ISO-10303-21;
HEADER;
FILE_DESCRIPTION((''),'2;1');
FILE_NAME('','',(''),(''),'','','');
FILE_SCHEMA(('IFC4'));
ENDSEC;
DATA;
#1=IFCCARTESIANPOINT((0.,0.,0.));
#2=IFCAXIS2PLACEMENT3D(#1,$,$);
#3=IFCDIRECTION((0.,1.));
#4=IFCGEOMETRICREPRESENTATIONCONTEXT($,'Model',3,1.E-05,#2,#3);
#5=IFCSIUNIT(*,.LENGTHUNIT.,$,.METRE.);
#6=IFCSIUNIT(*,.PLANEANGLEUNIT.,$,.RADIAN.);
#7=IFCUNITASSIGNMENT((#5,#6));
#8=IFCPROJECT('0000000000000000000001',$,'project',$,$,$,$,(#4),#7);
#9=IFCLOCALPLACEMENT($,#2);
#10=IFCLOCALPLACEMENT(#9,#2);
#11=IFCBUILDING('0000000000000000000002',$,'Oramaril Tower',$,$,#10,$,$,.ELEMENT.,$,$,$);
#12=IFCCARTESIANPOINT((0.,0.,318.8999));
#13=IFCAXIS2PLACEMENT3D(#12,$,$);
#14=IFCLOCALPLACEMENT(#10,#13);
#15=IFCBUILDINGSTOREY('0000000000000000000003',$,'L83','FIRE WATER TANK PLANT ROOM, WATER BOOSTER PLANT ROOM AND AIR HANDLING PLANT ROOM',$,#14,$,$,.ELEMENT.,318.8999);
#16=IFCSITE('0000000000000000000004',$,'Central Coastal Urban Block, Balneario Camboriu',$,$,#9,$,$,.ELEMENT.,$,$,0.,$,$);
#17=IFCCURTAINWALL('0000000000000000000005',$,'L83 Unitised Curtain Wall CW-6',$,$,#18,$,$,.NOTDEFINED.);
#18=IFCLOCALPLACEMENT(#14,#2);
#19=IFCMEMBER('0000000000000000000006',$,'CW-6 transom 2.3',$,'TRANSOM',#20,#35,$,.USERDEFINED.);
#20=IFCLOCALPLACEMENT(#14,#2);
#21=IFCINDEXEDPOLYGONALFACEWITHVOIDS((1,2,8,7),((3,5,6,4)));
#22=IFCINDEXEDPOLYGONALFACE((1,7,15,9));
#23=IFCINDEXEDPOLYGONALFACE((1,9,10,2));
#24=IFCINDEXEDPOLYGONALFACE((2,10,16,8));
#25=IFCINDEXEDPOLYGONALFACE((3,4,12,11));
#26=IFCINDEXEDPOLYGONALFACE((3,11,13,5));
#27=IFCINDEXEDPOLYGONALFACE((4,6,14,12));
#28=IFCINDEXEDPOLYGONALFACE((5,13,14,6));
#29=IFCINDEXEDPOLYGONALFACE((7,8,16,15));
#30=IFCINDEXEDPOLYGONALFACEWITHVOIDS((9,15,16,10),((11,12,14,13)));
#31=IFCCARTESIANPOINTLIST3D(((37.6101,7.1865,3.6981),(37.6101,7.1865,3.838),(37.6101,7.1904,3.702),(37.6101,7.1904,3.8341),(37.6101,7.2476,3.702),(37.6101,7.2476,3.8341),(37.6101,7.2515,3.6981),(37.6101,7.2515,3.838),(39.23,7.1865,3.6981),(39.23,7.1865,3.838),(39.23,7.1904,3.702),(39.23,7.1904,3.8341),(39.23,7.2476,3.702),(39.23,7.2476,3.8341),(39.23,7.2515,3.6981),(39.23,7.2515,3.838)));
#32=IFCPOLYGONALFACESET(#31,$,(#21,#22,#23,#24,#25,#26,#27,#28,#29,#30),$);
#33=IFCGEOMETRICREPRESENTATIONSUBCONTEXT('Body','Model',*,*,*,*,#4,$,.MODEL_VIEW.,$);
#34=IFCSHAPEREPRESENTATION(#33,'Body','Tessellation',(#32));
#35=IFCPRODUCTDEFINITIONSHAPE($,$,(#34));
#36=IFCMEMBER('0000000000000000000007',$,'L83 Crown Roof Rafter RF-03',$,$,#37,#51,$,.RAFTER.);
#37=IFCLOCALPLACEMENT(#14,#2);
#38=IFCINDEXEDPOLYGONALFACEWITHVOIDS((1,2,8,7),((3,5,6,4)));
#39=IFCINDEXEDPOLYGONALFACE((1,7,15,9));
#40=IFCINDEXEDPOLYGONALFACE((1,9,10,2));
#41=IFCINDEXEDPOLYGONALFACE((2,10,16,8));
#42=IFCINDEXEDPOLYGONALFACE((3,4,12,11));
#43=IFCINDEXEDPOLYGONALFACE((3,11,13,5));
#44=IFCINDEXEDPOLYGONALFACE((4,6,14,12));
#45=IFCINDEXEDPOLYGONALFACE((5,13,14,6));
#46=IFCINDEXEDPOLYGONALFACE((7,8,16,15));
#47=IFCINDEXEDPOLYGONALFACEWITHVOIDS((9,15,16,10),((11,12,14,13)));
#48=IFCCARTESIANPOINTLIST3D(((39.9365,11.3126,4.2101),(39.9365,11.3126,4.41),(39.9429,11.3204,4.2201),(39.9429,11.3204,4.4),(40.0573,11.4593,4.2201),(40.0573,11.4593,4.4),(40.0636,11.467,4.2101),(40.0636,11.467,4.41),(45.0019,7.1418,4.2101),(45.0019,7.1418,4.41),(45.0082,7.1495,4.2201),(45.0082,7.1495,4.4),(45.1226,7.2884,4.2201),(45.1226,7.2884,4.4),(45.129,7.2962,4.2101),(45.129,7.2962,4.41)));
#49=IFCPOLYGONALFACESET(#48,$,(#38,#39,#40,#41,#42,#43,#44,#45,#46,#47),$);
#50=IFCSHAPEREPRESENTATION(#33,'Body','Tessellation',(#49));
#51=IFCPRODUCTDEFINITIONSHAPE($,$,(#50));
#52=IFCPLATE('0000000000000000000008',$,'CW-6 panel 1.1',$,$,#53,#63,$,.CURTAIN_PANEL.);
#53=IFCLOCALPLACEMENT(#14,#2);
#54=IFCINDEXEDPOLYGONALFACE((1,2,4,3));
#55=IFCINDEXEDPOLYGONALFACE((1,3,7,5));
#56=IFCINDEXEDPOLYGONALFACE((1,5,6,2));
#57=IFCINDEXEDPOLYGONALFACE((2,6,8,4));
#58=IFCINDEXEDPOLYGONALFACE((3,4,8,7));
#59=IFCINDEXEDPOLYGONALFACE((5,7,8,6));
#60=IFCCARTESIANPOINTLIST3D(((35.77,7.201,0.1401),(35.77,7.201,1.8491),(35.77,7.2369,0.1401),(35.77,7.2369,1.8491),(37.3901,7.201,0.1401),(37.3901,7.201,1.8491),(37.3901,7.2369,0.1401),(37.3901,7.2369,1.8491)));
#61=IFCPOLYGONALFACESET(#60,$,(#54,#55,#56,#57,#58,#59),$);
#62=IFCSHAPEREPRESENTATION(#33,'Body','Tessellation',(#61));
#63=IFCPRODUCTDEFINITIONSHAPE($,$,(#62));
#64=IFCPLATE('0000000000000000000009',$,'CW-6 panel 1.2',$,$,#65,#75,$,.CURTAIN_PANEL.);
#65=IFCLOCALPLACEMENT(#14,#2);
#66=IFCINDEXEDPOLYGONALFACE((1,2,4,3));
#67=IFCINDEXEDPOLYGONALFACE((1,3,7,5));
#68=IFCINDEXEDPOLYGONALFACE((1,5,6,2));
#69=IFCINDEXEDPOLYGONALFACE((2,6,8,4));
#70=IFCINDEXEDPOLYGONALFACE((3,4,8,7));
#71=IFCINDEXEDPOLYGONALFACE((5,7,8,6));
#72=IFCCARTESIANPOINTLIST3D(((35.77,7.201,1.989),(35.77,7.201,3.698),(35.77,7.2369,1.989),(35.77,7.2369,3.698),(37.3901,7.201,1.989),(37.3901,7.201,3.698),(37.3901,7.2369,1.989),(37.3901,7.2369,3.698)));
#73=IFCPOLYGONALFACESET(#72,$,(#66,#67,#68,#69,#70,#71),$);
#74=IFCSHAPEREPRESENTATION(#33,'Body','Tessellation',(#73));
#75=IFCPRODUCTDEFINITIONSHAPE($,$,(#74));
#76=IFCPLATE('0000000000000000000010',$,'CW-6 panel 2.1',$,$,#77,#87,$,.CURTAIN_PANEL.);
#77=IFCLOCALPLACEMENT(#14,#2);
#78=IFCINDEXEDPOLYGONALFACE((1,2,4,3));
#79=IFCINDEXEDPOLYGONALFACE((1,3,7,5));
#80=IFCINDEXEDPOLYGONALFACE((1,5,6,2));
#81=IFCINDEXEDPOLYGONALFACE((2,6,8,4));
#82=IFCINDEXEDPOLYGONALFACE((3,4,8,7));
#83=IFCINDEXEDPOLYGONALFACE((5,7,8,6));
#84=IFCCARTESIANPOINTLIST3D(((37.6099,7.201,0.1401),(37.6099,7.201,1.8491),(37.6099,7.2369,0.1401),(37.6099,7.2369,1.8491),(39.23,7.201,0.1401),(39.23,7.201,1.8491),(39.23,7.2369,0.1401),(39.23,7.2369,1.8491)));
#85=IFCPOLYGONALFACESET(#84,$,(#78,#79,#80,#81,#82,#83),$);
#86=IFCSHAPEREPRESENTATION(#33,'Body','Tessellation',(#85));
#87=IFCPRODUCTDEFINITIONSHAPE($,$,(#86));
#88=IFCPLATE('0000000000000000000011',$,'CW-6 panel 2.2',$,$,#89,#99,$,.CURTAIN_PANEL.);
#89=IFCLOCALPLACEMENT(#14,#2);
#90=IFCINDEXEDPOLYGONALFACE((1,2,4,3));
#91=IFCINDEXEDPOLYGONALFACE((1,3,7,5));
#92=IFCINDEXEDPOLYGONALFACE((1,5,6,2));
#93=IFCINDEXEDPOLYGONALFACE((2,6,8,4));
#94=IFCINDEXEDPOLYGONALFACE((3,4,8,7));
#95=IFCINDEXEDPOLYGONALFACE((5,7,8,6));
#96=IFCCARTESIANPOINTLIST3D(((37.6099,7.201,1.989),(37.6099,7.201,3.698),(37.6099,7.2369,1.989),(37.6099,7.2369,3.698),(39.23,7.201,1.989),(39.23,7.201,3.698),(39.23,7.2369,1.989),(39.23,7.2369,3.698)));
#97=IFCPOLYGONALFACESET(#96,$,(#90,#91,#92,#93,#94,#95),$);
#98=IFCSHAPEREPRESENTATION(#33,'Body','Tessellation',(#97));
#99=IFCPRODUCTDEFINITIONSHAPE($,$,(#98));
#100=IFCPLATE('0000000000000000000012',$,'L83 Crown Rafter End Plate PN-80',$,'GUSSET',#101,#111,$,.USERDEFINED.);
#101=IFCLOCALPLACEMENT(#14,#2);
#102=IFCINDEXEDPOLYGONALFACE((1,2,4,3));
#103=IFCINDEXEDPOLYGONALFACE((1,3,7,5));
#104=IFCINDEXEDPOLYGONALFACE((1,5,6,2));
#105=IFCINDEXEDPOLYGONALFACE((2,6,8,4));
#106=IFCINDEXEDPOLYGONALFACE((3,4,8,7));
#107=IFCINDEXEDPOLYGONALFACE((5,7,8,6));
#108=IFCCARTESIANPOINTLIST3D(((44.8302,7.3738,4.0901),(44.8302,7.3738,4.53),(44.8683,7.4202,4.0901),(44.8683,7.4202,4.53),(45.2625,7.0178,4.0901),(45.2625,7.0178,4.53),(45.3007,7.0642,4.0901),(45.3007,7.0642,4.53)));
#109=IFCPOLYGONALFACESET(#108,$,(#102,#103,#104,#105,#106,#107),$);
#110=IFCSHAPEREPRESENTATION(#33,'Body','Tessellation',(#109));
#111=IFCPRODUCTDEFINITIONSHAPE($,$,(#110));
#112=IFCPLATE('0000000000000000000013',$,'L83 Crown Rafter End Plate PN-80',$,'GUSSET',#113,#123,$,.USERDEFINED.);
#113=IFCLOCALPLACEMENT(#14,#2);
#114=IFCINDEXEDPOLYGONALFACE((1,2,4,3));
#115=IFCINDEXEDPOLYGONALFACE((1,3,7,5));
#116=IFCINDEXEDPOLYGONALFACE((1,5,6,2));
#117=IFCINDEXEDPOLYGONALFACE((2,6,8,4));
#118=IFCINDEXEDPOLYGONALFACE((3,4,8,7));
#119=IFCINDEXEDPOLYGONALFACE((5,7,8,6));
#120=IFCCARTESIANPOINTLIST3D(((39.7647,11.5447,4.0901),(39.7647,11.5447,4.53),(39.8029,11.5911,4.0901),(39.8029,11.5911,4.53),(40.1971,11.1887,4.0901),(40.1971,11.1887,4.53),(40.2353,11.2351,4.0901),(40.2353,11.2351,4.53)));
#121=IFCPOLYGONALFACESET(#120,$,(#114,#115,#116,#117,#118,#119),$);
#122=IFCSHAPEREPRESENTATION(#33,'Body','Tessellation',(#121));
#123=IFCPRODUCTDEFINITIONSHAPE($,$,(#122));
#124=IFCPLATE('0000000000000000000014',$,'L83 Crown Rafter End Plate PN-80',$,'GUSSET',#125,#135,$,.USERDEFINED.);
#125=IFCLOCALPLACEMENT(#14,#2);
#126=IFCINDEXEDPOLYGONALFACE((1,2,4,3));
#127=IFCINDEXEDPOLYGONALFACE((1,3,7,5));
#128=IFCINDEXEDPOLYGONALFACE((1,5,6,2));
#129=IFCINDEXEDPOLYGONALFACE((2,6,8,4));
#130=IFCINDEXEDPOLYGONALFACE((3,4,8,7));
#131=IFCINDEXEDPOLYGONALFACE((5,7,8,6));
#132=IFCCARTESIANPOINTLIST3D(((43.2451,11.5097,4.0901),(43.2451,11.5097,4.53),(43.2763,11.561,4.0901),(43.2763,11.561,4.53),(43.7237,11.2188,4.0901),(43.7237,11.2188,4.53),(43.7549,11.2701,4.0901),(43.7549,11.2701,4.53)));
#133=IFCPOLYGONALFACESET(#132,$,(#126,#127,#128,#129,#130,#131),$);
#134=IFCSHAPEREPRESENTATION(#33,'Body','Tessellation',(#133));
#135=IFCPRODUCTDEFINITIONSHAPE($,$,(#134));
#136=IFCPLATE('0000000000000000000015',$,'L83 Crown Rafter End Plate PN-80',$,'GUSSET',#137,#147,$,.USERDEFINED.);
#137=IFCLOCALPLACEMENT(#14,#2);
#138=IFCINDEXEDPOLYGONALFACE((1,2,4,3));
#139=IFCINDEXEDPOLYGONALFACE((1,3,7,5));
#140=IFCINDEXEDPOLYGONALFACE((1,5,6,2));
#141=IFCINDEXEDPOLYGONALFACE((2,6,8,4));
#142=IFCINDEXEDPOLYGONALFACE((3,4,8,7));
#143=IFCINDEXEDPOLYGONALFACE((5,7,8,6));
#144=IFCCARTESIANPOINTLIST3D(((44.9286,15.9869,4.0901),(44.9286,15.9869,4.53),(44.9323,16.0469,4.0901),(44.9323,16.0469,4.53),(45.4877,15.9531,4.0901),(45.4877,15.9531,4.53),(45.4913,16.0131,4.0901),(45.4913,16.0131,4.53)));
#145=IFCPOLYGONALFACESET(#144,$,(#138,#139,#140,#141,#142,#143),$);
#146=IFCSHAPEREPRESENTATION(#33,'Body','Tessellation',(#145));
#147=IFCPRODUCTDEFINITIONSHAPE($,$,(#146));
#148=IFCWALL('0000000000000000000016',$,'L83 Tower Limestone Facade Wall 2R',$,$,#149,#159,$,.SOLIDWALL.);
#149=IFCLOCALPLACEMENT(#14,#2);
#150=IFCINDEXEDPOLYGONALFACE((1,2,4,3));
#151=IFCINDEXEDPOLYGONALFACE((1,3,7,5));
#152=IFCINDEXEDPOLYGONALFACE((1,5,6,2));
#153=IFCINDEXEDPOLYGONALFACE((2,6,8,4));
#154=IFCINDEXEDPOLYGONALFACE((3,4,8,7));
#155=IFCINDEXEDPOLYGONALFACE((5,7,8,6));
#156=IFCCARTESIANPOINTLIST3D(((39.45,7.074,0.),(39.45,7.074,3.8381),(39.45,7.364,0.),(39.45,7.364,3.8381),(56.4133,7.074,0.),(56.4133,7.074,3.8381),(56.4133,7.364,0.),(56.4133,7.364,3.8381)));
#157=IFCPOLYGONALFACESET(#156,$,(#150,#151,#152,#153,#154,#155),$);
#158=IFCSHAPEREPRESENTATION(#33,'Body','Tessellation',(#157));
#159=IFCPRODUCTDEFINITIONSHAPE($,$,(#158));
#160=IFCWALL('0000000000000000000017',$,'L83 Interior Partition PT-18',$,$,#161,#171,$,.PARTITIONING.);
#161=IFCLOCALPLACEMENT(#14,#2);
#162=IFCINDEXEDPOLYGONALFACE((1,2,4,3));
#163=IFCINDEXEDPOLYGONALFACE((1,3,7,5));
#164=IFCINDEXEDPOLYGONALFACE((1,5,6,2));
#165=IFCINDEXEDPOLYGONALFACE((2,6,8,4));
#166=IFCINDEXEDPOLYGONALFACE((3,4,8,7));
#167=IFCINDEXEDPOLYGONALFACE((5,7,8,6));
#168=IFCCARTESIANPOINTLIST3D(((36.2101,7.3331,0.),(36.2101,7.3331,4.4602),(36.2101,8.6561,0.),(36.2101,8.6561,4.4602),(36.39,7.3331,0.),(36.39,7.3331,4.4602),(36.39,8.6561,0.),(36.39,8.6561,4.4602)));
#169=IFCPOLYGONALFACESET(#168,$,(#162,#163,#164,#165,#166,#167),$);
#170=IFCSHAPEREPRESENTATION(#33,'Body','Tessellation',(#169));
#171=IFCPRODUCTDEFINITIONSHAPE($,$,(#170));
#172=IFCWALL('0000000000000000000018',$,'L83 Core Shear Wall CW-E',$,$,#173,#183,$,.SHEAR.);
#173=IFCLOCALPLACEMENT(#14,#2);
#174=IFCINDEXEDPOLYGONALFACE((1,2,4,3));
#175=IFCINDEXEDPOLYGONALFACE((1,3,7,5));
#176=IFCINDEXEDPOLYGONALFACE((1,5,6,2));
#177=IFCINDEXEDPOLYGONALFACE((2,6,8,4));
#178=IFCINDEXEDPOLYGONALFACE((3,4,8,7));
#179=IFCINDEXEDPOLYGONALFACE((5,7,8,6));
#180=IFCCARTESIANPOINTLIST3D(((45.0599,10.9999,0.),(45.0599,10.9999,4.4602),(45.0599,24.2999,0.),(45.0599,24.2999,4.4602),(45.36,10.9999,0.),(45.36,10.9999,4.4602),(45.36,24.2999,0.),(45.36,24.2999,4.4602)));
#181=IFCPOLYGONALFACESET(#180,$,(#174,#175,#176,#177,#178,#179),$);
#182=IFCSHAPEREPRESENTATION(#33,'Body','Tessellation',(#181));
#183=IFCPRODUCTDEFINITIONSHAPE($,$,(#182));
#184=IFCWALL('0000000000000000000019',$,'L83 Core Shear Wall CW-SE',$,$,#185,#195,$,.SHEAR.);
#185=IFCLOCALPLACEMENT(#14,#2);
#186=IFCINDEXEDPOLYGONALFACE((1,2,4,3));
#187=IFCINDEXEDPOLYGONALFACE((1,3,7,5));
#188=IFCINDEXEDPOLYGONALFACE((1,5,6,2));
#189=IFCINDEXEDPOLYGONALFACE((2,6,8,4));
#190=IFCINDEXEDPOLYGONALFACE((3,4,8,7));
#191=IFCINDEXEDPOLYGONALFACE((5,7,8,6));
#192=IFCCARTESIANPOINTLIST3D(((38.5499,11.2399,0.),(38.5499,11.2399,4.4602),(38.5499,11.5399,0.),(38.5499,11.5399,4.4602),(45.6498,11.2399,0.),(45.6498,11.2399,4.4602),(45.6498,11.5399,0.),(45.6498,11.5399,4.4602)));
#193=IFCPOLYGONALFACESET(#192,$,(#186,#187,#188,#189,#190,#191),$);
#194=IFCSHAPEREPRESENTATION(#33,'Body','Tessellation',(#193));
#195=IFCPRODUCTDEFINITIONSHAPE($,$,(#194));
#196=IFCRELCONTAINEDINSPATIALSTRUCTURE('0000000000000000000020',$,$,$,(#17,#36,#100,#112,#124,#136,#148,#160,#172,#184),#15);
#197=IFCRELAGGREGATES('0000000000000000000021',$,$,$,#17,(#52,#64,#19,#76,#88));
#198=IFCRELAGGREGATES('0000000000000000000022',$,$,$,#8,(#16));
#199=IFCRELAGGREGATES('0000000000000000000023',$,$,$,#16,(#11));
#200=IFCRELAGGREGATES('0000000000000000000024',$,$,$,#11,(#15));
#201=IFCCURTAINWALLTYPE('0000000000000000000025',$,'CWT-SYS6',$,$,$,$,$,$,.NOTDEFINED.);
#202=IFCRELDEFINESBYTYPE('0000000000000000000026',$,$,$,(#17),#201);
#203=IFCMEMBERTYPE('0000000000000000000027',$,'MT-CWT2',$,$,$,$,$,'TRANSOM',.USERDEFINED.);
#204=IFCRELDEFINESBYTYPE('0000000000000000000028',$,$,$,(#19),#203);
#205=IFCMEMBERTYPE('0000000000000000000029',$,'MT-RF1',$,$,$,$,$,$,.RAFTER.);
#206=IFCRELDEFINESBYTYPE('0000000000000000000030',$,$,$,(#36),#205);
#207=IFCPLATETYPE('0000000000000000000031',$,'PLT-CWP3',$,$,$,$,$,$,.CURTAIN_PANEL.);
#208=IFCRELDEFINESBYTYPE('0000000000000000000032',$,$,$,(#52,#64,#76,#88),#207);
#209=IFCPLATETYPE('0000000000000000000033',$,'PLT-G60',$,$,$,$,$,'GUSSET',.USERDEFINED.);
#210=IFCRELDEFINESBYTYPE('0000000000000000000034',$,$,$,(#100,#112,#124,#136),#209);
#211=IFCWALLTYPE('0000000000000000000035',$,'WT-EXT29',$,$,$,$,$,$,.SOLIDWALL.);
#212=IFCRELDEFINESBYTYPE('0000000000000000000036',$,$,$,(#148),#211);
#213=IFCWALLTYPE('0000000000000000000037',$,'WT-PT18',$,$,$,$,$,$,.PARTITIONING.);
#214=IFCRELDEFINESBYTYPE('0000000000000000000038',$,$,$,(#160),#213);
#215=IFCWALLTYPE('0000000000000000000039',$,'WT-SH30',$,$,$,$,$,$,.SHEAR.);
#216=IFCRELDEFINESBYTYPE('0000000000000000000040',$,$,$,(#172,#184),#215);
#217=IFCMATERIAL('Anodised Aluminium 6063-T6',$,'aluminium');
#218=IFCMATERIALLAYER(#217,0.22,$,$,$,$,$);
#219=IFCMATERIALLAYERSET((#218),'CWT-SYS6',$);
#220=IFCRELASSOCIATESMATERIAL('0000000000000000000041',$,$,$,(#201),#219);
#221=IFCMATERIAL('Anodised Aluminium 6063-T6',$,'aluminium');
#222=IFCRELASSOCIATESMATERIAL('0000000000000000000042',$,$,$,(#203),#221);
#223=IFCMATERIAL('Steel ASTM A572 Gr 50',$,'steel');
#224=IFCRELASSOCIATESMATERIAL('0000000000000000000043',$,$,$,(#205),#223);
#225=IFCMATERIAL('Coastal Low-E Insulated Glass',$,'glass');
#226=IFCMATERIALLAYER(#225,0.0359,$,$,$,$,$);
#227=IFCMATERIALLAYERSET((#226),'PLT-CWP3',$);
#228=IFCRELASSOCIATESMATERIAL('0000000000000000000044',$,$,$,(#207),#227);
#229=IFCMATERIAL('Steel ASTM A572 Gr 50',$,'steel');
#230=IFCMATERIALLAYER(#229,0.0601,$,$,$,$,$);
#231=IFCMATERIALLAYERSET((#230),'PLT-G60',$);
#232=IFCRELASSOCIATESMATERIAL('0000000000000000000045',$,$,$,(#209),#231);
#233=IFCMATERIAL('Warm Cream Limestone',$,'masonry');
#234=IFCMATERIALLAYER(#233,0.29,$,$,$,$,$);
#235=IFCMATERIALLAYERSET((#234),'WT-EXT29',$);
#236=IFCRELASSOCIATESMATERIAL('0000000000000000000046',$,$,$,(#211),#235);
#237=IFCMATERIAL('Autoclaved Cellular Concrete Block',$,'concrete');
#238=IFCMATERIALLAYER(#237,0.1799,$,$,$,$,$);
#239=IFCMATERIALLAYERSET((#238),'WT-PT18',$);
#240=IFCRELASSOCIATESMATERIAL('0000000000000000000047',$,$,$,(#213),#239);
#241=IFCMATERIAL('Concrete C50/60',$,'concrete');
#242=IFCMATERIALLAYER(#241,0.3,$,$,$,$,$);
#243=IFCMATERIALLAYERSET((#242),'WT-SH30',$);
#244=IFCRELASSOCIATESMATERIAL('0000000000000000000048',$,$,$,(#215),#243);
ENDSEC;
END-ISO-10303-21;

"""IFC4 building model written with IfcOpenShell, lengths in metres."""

from ifc_helpers import new_model, si_unit, direction, frame, frame_2d, origin, origin_2d, place, context, subcontext, project, spatial, rectangle, hollow_rectangle, extrude, material, layer, layer_set, material_profile, profile_set, type_object, element, aggregate, save


model = new_model("IFC4")

# Units and contexts
model_context = context("Model", 3, precision=1e-05, world=origin(), true_north=direction((0.0, 1.0)))
body_context = subcontext(model_context, "Body", "Model", "MODEL_VIEW")
ifc_project = project(units=[si_unit("LENGTHUNIT", "METRE"), si_unit("PLANEANGLEUNIT", "RADIAN")], contexts=[model_context])

# Site, building, storey
site_placement = place(None, origin())
site = spatial("IfcSite", under=ifc_project, at=site_placement, Name="Central Coastal Urban Block, Balneario Camboriu", CompositionType="ELEMENT", RefElevation=0.0)
building_placement = place(site_placement, origin())
building = spatial("IfcBuilding", under=site, at=building_placement, Name="Oramaril Tower", CompositionType="ELEMENT")
storey_placement = place(building_placement, frame((0.0, 0.0, 318.8999)))
storey = spatial("IfcBuildingStorey", under=building, at=storey_placement, Name="L83", Description="FIRE WATER TANK PLANT ROOM, WATER BOOSTER PLANT ROOM AND AIR HANDLING PLANT ROOM", CompositionType="ELEMENT", Elevation=318.8999)

# Curtain wall, member
ifc_material_1 = material(Name="Anodised Aluminium 6063-T6", Category="aluminium")
ifc_layer_1 = layer(ifc_material_1, 0.22)
ifc_layer_set_1 = layer_set([ifc_layer_1], Name="CWT-SYS6")
curtain_wall_type = type_object("IfcCurtainWallType", Name="CWT-SYS6", PredefinedType="NOTDEFINED", material=ifc_layer_set_1)
curtain_wall_placement = place(storey_placement, origin())
curtain_wall = element("IfcCurtainWall", 1, at=curtain_wall_placement, inside=storey, type_object=curtain_wall_type, Name="L83 Unitised Curtain Wall CW-6", PredefinedType="NOTDEFINED")
ifc_material_2 = material(Name="Anodised Aluminium 6063-T6", Category="aluminium")
ifc_material_profile_1 = material_profile(ifc_material_2, hollow_rectangle(XDim=0.0649, YDim=0.1399, WallThickness=0.0039, at=origin_2d()), Name="CWT140X65")
ifc_profile_set_1 = profile_set([ifc_material_profile_1], Name="Anodised Aluminium 6063-T6")
member_type_1 = type_object("IfcMemberType", Name="MT-CWT2", ElementType="TRANSOM", PredefinedType="USERDEFINED", material=ifc_profile_set_1)
member_1_placement = place(storey_placement, frame((37.6101, 7.219, 3.7681), z_axis=(1.0, 0.0, 0.0), x_axis=(0.0, 1.0, 0.0)))
member_1 = element("IfcMember", 2, at=member_1_placement, type_object=member_type_1, Name="CW-6 transom 2.3", ObjectType="TRANSOM", PredefinedType="USERDEFINED", context=body_context, shape_type="SweptSolid", body=[
    extrude(hollow_rectangle(XDim=0.0649, YDim=0.1399, WallThickness=0.0039, at=origin_2d()), origin(), (0.0, 0.0, 1.0), 1.6199),
])

# Member
ifc_material_3 = material(Name="Steel ASTM A572 Gr 50", Category="steel")
ifc_material_profile_2 = material_profile(ifc_material_3, hollow_rectangle(XDim=0.2, YDim=0.2, WallThickness=0.01, at=origin_2d()), Name="HSS200X200X10")
ifc_profile_set_2 = profile_set([ifc_material_profile_2], Name="Steel ASTM A572 Gr 50")
member_type_2 = type_object("IfcMemberType", Name="MT-RF1", PredefinedType="RAFTER", material=ifc_profile_set_2)
member_2_placement = place(storey_placement, frame((45.0654, 7.219, 4.3101), z_axis=(-0.771977, 0.63565, 0.0), x_axis=(-0.63565, -0.771977, 0.0)))
element("IfcMember", 3, at=member_2_placement, inside=storey, type_object=member_type_2, Name="L83 Crown Roof Rafter RF-03", PredefinedType="RAFTER", context=body_context, shape_type="SweptSolid", body=[
    extrude(hollow_rectangle(XDim=0.2, YDim=0.2, WallThickness=0.01, at=origin_2d()), origin(), (0.0, 0.0, 1.0), 6.5615),
])

# Plates
ifc_material_4 = material(Name="Coastal Low-E Insulated Glass", Category="glass")
ifc_layer_2 = layer(ifc_material_4, 0.0359)
ifc_layer_set_2 = layer_set([ifc_layer_2], Name="PLT-CWP3")
plate_type_1 = type_object("IfcPlateType", Name="PLT-CWP3", PredefinedType="CURTAIN_PANEL", material=ifc_layer_set_2)
plate_1_placement = place(storey_placement, frame((36.5801, 7.219, 0.1401), z_axis=(0.0, 0.0, 1.0), x_axis=(1.0, 0.0, 0.0)))
plate_1 = element("IfcPlate", 4, at=plate_1_placement, type_object=plate_type_1, Name="CW-6 panel 1.1", PredefinedType="CURTAIN_PANEL", context=body_context, shape_type="SweptSolid", body=[
    extrude(rectangle(XDim=1.6201, YDim=0.0359, at=origin_2d()), origin(), (0.0, 0.0, 1.0), 1.709),
])
plate_2_placement = place(storey_placement, frame((36.5801, 7.219, 1.989), z_axis=(0.0, 0.0, 1.0), x_axis=(1.0, 0.0, 0.0)))
plate_2 = element("IfcPlate", 5, at=plate_2_placement, type_object=plate_type_1, Name="CW-6 panel 1.2", PredefinedType="CURTAIN_PANEL", context=body_context, shape_type="SweptSolid", body=[
    extrude(rectangle(XDim=1.6201, YDim=0.0359, at=origin_2d()), origin(), (0.0, 0.0, 1.0), 1.709),
])
plate_3_placement = place(storey_placement, frame((38.4199, 7.219, 0.1401), z_axis=(0.0, 0.0, 1.0), x_axis=(1.0, 0.0, 0.0)))
plate_3 = element("IfcPlate", 6, at=plate_3_placement, type_object=plate_type_1, Name="CW-6 panel 2.1", PredefinedType="CURTAIN_PANEL", context=body_context, shape_type="SweptSolid", body=[
    extrude(rectangle(XDim=1.6201, YDim=0.0359, at=origin_2d()), origin(), (0.0, 0.0, 1.0), 1.709),
])
plate_4_placement = place(storey_placement, frame((38.4199, 7.219, 1.989), z_axis=(0.0, 0.0, 1.0), x_axis=(1.0, 0.0, 0.0)))
plate_4 = element("IfcPlate", 7, at=plate_4_placement, type_object=plate_type_1, Name="CW-6 panel 2.2", PredefinedType="CURTAIN_PANEL", context=body_context, shape_type="SweptSolid", body=[
    extrude(rectangle(XDim=1.6201, YDim=0.0359, at=origin_2d()), origin(), (0.0, 0.0, 1.0), 1.709),
])
aggregate(curtain_wall, [plate_1, plate_2, member_1, plate_3, plate_4])

# Plates
ifc_material_5 = material(Name="Steel ASTM A572 Gr 50", Category="steel")
ifc_layer_3 = layer(ifc_material_5, 0.0601)
ifc_layer_set_3 = layer_set([ifc_layer_3], Name="PLT-G60")
plate_type_2 = type_object("IfcPlateType", Name="PLT-G60", ElementType="GUSSET", PredefinedType="USERDEFINED", material=ifc_layer_set_3)
for number, where, z_axis, x_axis, name in (
    (8, (45.0654, 7.219, 4.0901), (0.0, 0.0, 1.0), (-0.771969, 0.635661, 0.0), "L83 Crown Rafter End Plate PN-80"),
    (9, (40.0, 11.3899, 4.0901), (0.0, 0.0, 1.0), (-0.771969, 0.635661, 0.0), "L83 Crown Rafter End Plate PN-80"),
    (10, (43.5, 11.3899, 4.0901), (0.0, 0.0, 1.0), (-0.854492, 0.519464, 0.0), "L83 Crown Rafter End Plate PN-80"),
    (11, (45.21, 16.0, 4.0901), (0.0, 0.0, 1.0), (-0.998174, 0.0604, 0.0), "L83 Crown Rafter End Plate PN-80"),
):
    element("IfcPlate", number, at=place(storey_placement, frame(where, z_axis=z_axis, x_axis=x_axis)), inside=storey, type_object=plate_type_2, Name=name, ObjectType="GUSSET", PredefinedType="USERDEFINED", context=body_context, shape_type="SweptSolid", body=[
        extrude(rectangle(XDim=0.5601, YDim=0.0601, at=origin_2d()), origin(), (0.0, 0.0, 1.0), 0.4399),
    ])

# Walls
ifc_material_6 = material(Name="Warm Cream Limestone", Category="masonry")
ifc_layer_4 = layer(ifc_material_6, 0.29)
ifc_layer_set_4 = layer_set([ifc_layer_4], Name="WT-EXT29")
wall_type_1 = type_object("IfcWallType", Name="WT-EXT29", PredefinedType="SOLIDWALL", material=ifc_layer_set_4)
wall_1_placement = place(storey_placement, frame((39.45, 7.219, 0.0), z_axis=(0.0, 0.0, 1.0), x_axis=(1.0, 0.0, 0.0)))
element("IfcWall", 12, at=wall_1_placement, inside=storey, type_object=wall_type_1, Name="L83 Tower Limestone Facade Wall 2R", PredefinedType="SOLIDWALL", context=body_context, shape_type="SweptSolid", body=[
    extrude(rectangle(XDim=16.9634, YDim=0.29, at=frame_2d((8.4817, 0.0))), origin(), (0.0, 0.0, 1.0), 3.8381),
])
ifc_material_7 = material(Name="Autoclaved Cellular Concrete Block", Category="concrete")
ifc_layer_5 = layer(ifc_material_7, 0.1799)
ifc_layer_set_5 = layer_set([ifc_layer_5], Name="WT-PT18")
wall_type_2 = type_object("IfcWallType", Name="WT-PT18", PredefinedType="PARTITIONING", material=ifc_layer_set_5)
wall_2_placement = place(storey_placement, frame((36.3, 7.333, 0.0), z_axis=(0.0, 0.0, 1.0), x_axis=(0.0, 1.0, 0.0)))
element("IfcWall", 13, at=wall_2_placement, inside=storey, type_object=wall_type_2, Name="L83 Interior Partition PT-18", PredefinedType="PARTITIONING", context=body_context, shape_type="SweptSolid", body=[
    extrude(rectangle(XDim=1.323, YDim=0.1799, at=frame_2d((0.6616, 0.0))), origin(), (0.0, 0.0, 1.0), 4.4602),
])
ifc_material_8 = material(Name="Concrete C50/60", Category="concrete")
ifc_layer_6 = layer(ifc_material_8, 0.3)
ifc_layer_set_6 = layer_set([ifc_layer_6], Name="WT-SH30")
wall_type_3 = type_object("IfcWallType", Name="WT-SH30", PredefinedType="SHEAR", material=ifc_layer_set_6)
wall_3_placement = place(storey_placement, frame((45.21, 11.0, 0.0), z_axis=(0.0, 0.0, 1.0), x_axis=(0.0, 1.0, 0.0)))
element("IfcWall", 14, at=wall_3_placement, inside=storey, type_object=wall_type_3, Name="L83 Core Shear Wall CW-E", PredefinedType="SHEAR", context=body_context, shape_type="SweptSolid", body=[
    extrude(rectangle(XDim=13.3, YDim=0.3, at=frame_2d((6.6499, 0.0))), origin(), (0.0, 0.0, 1.0), 4.4602),
])
wall_4_placement = place(storey_placement, frame((38.55, 11.3899, 0.0), z_axis=(0.0, 0.0, 1.0), x_axis=(1.0, 0.0, 0.0)))
element("IfcWall", 15, at=wall_4_placement, inside=storey, type_object=wall_type_3, Name="L83 Core Shear Wall CW-SE", PredefinedType="SHEAR", context=body_context, shape_type="SweptSolid", body=[
    extrude(rectangle(XDim=7.0999, YDim=0.3, at=frame_2d((3.5498, 0.0))), origin(), (0.0, 0.0, 1.0), 4.4602),
])

save(model, "model.ifc")
